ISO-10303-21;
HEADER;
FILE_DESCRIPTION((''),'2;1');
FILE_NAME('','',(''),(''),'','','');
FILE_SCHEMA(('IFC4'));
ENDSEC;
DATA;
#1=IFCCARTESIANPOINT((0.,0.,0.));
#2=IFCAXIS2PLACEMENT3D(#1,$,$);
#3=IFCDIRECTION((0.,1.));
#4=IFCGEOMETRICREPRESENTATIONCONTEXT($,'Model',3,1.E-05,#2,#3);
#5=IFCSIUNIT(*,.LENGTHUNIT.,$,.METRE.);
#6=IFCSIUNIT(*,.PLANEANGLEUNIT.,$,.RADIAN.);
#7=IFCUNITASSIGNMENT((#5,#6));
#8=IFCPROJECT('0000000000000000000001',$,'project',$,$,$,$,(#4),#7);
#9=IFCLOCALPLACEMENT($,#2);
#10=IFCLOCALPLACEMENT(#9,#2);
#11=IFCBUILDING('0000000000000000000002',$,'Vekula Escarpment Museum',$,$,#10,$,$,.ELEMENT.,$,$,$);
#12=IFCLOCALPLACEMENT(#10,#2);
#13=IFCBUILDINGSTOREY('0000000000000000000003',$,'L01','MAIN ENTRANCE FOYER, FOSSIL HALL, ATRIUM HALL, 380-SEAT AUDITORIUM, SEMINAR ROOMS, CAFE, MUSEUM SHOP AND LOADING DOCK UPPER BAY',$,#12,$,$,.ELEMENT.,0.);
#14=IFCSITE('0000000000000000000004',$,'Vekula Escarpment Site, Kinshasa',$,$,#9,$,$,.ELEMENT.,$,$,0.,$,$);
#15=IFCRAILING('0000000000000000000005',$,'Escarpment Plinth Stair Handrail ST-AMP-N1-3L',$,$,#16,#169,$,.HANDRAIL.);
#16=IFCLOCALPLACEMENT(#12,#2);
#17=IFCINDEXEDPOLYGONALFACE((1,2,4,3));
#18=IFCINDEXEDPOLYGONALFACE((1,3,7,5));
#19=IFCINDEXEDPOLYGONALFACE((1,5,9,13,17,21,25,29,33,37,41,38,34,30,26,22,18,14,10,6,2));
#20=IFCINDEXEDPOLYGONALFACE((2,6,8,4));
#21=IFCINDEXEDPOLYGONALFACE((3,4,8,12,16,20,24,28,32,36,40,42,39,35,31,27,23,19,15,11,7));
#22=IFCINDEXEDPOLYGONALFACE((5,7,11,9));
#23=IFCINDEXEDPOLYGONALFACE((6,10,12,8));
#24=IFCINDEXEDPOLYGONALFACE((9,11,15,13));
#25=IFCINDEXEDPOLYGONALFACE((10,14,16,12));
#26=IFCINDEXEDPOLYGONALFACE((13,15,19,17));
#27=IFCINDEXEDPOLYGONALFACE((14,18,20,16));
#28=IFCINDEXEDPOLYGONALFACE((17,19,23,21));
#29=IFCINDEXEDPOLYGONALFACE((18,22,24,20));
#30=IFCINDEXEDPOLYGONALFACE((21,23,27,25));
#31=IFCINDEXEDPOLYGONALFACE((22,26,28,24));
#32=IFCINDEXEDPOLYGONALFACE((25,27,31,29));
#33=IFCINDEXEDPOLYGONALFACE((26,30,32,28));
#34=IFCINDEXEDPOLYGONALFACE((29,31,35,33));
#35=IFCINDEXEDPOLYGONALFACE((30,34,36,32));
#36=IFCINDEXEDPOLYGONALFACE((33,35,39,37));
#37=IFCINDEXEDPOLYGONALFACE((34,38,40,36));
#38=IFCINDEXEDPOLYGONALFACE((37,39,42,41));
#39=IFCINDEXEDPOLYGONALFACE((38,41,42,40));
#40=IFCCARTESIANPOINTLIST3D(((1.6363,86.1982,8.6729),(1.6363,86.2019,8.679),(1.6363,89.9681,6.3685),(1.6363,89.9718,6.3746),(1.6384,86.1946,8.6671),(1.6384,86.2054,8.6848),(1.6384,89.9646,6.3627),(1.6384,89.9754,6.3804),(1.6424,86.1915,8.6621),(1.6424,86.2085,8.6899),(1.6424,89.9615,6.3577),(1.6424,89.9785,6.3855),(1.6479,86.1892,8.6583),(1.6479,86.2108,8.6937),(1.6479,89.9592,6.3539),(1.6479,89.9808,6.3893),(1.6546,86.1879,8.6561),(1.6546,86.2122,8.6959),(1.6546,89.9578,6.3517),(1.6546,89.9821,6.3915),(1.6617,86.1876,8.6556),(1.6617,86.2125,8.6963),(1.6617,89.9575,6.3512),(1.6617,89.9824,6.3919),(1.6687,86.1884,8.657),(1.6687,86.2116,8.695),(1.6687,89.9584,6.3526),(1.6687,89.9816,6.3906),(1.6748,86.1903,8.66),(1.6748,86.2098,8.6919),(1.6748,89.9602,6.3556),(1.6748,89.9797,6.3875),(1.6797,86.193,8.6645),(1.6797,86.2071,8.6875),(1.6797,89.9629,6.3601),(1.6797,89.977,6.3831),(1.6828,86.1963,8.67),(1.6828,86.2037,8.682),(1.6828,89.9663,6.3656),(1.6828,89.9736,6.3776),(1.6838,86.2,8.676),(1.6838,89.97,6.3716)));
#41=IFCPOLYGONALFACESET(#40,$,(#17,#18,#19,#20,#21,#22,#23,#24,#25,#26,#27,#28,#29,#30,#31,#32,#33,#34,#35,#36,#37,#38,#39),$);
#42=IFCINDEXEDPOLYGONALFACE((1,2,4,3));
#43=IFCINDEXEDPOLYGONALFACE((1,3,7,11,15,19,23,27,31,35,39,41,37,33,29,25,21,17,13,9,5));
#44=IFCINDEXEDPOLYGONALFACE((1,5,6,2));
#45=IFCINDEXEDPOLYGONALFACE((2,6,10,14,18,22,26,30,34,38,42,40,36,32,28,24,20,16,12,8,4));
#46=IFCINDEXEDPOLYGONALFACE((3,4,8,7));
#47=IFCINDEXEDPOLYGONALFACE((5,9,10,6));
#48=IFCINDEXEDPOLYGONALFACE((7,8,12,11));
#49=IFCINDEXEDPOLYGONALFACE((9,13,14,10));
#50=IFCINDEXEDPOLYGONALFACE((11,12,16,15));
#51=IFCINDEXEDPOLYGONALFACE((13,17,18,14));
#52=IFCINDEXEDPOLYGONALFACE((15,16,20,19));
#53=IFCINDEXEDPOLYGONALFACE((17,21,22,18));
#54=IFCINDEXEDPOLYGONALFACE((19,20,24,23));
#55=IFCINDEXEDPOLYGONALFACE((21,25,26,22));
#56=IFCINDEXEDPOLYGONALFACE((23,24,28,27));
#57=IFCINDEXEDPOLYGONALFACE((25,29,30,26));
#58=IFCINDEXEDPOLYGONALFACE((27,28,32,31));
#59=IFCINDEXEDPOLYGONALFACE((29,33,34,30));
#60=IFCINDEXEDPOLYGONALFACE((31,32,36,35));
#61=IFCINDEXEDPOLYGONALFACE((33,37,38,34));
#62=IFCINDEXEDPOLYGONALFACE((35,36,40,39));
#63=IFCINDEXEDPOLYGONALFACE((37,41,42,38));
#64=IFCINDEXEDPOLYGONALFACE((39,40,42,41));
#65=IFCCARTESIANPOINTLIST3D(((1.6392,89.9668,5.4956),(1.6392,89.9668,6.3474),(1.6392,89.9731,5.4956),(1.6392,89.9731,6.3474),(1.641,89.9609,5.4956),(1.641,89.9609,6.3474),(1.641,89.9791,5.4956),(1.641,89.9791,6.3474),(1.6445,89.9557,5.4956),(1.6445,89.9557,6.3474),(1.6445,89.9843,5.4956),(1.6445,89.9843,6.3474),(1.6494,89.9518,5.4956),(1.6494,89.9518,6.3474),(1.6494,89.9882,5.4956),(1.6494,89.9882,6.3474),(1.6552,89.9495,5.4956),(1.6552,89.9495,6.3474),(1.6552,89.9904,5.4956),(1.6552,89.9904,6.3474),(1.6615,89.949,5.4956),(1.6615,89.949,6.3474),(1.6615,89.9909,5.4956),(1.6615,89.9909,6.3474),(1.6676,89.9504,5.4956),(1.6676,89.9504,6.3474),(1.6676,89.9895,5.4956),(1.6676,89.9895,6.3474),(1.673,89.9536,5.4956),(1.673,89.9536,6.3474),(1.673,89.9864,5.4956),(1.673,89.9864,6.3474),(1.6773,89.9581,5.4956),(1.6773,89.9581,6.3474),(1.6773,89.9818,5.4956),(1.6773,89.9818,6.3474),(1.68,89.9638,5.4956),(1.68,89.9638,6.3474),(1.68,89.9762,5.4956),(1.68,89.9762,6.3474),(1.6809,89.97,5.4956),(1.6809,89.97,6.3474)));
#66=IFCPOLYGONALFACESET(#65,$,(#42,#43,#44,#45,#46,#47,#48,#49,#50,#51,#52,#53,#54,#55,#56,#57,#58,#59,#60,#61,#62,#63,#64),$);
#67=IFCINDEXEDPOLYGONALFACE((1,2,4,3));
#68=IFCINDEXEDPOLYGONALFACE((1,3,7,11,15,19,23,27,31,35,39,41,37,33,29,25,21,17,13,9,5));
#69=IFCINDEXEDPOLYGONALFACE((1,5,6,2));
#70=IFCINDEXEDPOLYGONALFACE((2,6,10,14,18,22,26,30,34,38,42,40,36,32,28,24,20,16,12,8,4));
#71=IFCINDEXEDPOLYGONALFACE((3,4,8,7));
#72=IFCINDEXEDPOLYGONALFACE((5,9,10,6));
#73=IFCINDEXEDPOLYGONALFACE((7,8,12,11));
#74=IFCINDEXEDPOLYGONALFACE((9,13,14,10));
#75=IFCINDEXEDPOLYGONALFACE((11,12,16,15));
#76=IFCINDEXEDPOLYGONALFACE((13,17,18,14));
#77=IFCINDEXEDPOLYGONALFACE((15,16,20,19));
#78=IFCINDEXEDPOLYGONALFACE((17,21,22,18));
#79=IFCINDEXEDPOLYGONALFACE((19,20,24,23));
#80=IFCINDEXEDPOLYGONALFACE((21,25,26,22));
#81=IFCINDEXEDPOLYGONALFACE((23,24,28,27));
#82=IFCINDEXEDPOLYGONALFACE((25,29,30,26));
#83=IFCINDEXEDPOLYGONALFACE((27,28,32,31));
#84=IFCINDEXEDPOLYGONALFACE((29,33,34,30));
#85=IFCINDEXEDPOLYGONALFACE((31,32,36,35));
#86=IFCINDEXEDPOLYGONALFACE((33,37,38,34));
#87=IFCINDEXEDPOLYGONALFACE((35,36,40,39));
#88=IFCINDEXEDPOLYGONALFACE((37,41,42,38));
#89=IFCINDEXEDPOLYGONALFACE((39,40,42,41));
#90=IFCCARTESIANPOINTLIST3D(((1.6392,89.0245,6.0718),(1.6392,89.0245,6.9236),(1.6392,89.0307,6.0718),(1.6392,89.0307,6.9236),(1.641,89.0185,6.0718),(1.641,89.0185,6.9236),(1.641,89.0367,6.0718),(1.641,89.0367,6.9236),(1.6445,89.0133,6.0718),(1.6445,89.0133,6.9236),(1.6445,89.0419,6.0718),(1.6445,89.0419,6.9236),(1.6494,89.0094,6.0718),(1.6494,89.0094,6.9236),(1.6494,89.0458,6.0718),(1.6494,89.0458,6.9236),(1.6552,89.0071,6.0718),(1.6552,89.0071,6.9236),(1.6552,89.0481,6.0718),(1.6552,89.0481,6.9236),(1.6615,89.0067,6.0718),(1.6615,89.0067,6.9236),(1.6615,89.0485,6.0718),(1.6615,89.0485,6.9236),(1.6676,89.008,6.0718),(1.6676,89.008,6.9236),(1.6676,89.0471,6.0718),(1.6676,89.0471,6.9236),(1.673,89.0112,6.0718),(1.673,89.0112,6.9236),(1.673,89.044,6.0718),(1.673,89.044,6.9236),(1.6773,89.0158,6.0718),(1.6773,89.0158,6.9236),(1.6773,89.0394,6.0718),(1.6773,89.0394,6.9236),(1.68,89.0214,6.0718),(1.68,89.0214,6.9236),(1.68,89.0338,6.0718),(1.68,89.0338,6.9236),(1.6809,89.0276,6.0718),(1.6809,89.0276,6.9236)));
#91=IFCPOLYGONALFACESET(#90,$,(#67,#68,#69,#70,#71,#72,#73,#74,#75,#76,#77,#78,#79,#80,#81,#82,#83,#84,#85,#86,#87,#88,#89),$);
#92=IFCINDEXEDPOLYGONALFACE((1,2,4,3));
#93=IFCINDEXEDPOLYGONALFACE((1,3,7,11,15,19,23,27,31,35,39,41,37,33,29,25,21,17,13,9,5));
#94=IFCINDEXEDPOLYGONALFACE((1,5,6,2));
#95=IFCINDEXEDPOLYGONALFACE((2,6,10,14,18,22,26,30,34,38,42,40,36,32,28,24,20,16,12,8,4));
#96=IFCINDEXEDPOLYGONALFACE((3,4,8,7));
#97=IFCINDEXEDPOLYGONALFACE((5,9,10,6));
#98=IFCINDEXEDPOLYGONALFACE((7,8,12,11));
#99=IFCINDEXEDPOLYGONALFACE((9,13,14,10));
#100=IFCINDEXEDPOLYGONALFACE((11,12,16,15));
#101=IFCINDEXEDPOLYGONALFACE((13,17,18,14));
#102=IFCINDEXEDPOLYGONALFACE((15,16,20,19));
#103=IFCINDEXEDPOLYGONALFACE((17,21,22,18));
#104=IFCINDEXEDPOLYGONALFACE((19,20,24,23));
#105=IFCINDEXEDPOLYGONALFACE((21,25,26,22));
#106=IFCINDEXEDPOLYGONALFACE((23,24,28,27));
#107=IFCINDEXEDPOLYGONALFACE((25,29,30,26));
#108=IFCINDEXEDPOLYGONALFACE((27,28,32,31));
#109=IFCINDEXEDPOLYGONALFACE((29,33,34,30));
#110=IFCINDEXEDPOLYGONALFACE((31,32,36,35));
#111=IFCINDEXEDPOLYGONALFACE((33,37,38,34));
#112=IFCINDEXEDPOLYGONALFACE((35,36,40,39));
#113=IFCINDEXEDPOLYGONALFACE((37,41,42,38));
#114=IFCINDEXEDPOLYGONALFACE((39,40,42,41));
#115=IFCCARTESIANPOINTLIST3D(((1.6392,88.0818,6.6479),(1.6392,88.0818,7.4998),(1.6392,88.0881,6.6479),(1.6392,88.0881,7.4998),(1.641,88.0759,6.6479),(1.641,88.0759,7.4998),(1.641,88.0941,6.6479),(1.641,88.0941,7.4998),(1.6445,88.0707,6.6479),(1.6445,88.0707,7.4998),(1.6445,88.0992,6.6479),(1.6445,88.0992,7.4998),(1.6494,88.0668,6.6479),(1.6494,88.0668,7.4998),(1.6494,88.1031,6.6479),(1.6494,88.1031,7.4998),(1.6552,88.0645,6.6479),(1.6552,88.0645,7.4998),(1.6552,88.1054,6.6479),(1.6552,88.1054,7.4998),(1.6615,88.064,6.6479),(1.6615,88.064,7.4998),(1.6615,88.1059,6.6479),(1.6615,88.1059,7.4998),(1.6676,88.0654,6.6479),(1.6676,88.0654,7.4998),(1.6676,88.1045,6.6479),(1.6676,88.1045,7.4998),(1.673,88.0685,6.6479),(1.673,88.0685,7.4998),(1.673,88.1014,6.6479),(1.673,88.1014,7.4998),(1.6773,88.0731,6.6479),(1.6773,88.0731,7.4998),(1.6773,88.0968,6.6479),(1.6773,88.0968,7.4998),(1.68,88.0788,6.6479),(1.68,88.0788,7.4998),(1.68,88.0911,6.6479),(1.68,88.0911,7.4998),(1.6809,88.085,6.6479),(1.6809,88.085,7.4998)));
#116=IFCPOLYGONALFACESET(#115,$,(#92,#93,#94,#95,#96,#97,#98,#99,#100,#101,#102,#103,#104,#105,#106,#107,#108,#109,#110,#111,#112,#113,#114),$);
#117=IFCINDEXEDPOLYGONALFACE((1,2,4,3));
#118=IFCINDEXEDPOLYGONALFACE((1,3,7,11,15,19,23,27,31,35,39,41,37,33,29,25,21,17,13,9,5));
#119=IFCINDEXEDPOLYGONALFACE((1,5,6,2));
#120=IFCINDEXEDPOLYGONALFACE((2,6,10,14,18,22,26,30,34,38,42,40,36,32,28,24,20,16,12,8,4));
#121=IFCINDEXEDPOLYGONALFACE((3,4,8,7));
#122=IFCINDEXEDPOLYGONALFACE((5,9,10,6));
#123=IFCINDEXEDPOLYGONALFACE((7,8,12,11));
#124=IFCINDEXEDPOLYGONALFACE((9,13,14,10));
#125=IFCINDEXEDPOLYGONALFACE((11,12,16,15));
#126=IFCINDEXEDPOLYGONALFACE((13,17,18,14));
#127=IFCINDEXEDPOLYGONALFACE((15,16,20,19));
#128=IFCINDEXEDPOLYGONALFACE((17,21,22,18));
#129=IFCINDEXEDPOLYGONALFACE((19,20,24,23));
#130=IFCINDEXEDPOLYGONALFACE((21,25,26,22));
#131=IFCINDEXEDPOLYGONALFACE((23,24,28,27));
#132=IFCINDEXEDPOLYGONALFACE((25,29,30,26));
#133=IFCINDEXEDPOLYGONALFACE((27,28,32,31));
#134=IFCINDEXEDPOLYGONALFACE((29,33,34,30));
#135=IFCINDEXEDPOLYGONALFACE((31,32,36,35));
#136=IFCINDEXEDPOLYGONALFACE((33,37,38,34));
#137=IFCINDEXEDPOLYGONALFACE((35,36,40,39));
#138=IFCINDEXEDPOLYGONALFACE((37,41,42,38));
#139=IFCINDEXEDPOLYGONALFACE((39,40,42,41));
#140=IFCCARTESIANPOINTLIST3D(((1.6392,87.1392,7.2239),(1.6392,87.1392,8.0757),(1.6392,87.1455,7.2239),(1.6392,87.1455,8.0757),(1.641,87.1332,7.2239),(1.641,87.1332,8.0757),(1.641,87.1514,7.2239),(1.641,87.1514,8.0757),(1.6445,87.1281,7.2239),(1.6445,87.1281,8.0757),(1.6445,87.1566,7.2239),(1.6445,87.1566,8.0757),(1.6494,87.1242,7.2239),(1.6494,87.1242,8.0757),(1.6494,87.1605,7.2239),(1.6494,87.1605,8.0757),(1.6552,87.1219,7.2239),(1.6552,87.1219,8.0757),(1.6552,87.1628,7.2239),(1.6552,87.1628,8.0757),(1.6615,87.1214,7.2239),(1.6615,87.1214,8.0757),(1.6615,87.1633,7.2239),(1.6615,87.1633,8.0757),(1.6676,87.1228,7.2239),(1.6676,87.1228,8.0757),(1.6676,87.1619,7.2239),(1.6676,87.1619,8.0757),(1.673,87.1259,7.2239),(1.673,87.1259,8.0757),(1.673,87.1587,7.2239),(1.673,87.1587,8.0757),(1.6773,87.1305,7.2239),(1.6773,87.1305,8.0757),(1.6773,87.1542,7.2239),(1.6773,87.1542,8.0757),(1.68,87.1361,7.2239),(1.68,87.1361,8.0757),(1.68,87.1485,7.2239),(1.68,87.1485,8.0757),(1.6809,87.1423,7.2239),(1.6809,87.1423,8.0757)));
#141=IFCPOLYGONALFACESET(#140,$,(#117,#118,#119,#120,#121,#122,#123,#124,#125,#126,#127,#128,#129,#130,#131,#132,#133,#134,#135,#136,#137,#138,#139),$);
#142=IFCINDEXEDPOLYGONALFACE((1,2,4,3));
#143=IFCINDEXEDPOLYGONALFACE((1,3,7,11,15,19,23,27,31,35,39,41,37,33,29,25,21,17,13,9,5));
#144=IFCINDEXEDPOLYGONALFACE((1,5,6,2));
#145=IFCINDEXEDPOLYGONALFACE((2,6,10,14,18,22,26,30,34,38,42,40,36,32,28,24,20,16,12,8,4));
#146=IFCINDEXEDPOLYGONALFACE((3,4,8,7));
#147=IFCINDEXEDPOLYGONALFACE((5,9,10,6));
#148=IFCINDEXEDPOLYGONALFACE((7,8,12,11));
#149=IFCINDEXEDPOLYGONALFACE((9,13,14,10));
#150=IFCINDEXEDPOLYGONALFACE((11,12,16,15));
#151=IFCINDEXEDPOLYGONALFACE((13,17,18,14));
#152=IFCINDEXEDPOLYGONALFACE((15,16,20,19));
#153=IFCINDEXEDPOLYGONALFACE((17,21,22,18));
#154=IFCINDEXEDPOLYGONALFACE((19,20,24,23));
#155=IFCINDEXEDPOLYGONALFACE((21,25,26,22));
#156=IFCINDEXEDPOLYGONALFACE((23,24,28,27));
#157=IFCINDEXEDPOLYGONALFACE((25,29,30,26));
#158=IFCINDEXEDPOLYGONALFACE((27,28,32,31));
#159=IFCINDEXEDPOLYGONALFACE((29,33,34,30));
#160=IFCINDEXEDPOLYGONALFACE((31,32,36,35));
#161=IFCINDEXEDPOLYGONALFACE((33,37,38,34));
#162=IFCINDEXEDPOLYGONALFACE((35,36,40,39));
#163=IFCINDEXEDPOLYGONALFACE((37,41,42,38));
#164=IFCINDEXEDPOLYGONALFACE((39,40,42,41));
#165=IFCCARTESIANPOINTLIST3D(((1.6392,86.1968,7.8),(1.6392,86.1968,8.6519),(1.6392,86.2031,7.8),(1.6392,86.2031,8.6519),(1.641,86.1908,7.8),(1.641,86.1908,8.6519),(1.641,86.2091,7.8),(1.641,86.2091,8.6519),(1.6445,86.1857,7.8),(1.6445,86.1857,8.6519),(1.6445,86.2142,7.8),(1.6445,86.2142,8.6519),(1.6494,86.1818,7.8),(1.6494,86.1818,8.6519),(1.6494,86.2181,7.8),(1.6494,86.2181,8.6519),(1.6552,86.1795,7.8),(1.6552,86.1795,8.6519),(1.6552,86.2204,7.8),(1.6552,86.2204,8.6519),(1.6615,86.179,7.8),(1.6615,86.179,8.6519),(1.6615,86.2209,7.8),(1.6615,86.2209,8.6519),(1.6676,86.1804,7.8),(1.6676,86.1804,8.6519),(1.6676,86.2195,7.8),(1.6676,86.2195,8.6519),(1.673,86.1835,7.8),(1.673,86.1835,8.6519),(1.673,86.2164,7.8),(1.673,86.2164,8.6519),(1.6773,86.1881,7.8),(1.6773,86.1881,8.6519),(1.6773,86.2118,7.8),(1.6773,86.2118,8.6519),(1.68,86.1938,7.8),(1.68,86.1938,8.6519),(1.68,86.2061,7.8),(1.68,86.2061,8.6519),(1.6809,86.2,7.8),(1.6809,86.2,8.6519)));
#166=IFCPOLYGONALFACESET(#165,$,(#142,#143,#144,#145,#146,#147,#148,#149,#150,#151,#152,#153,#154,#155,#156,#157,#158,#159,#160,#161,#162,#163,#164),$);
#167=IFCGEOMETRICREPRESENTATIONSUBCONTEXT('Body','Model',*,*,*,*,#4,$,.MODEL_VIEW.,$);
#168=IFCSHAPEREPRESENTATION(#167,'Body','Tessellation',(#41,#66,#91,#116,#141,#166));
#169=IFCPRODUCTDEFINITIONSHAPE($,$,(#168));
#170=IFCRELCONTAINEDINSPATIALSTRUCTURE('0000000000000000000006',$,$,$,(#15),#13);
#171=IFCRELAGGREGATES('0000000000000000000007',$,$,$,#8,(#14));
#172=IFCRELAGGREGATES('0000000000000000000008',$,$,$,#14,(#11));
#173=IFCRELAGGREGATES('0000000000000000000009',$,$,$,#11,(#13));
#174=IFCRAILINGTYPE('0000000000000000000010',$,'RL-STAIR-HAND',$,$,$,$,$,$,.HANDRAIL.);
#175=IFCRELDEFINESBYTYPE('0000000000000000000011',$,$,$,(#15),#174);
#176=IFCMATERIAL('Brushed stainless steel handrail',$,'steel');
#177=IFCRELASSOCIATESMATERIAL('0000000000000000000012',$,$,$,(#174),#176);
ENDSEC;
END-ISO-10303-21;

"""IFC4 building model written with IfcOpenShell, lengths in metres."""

from ifc_helpers import new_model, si_unit, direction, frame, origin, origin_2d, place, context, subcontext, project, spatial, circle, extrude, material, type_object, element, save


model = new_model("IFC4")

# Units and contexts
model_context = context("Model", 3, precision=1e-05, world=origin(), true_north=direction((0.0, 1.0)))
body_context = subcontext(model_context, "Body", "Model", "MODEL_VIEW")
ifc_project = project(units=[si_unit("LENGTHUNIT", "METRE"), si_unit("PLANEANGLEUNIT", "RADIAN")], contexts=[model_context])

# Site, building, storey
site_placement = place(None, origin())
site = spatial("IfcSite", under=ifc_project, at=site_placement, Name="Vekula Escarpment Site, Kinshasa", CompositionType="ELEMENT", RefElevation=0.0)
building_placement = place(site_placement, origin())
building = spatial("IfcBuilding", under=site, at=building_placement, Name="Vekula Escarpment Museum", CompositionType="ELEMENT")
storey_placement = place(building_placement, origin())
storey = spatial("IfcBuildingStorey", under=building, at=storey_placement, Name="L01", Description="MAIN ENTRANCE FOYER, FOSSIL HALL, ATRIUM HALL, 380-SEAT AUDITORIUM, SEMINAR ROOMS, CAFE, MUSEUM SHOP AND LOADING DOCK UPPER BAY", CompositionType="ELEMENT", Elevation=0.0)

# Railing
ifc_material_1 = material(Name="Brushed stainless steel handrail", Category="steel")
railing_type_1 = type_object("IfcRailingType", Name="RL-STAIR-HAND", PredefinedType="HANDRAIL", material=ifc_material_1)
for number, where, name in (
    (1, (1.6599, 89.97, 5.4956), "Escarpment Plinth Stair Handrail ST-AMP-N1-3L"),
):
    element("IfcRailing", number, at=place(storey_placement, frame(where)), inside=storey, type_object=railing_type_1, Name=name, PredefinedType="HANDRAIL", context=body_context, shape_type="SweptSolid", body=[
        extrude(circle(Radius=0.0239, at=origin_2d()), frame((0.0, 0.0, 0.876), z_axis=(0.0, -0.853227, 0.521539), x_axis=(1.0, 0.0, 0.0)), (0.0, 0.0, 1.0), 4.4185),
        extrude(circle(Radius=0.021, at=origin_2d()), origin(), (0.0, 0.0, 1.0), 0.8518),
        extrude(circle(Radius=0.021, at=origin_2d()), frame((0.0, -0.9424, 0.5762)), (0.0, 0.0, 1.0), 0.8518),
        extrude(circle(Radius=0.021, at=origin_2d()), frame((0.0, -1.885, 1.1523)), (0.0, 0.0, 1.0), 0.8518),
        extrude(circle(Radius=0.021, at=origin_2d()), frame((0.0, -2.8276, 1.7283)), (0.0, 0.0, 1.0), 0.8518),
        extrude(circle(Radius=0.021, at=origin_2d()), frame((0.0, -3.77, 2.3044)), (0.0, 0.0, 1.0), 0.8518),
    ])

save(model, "model.ifc")
